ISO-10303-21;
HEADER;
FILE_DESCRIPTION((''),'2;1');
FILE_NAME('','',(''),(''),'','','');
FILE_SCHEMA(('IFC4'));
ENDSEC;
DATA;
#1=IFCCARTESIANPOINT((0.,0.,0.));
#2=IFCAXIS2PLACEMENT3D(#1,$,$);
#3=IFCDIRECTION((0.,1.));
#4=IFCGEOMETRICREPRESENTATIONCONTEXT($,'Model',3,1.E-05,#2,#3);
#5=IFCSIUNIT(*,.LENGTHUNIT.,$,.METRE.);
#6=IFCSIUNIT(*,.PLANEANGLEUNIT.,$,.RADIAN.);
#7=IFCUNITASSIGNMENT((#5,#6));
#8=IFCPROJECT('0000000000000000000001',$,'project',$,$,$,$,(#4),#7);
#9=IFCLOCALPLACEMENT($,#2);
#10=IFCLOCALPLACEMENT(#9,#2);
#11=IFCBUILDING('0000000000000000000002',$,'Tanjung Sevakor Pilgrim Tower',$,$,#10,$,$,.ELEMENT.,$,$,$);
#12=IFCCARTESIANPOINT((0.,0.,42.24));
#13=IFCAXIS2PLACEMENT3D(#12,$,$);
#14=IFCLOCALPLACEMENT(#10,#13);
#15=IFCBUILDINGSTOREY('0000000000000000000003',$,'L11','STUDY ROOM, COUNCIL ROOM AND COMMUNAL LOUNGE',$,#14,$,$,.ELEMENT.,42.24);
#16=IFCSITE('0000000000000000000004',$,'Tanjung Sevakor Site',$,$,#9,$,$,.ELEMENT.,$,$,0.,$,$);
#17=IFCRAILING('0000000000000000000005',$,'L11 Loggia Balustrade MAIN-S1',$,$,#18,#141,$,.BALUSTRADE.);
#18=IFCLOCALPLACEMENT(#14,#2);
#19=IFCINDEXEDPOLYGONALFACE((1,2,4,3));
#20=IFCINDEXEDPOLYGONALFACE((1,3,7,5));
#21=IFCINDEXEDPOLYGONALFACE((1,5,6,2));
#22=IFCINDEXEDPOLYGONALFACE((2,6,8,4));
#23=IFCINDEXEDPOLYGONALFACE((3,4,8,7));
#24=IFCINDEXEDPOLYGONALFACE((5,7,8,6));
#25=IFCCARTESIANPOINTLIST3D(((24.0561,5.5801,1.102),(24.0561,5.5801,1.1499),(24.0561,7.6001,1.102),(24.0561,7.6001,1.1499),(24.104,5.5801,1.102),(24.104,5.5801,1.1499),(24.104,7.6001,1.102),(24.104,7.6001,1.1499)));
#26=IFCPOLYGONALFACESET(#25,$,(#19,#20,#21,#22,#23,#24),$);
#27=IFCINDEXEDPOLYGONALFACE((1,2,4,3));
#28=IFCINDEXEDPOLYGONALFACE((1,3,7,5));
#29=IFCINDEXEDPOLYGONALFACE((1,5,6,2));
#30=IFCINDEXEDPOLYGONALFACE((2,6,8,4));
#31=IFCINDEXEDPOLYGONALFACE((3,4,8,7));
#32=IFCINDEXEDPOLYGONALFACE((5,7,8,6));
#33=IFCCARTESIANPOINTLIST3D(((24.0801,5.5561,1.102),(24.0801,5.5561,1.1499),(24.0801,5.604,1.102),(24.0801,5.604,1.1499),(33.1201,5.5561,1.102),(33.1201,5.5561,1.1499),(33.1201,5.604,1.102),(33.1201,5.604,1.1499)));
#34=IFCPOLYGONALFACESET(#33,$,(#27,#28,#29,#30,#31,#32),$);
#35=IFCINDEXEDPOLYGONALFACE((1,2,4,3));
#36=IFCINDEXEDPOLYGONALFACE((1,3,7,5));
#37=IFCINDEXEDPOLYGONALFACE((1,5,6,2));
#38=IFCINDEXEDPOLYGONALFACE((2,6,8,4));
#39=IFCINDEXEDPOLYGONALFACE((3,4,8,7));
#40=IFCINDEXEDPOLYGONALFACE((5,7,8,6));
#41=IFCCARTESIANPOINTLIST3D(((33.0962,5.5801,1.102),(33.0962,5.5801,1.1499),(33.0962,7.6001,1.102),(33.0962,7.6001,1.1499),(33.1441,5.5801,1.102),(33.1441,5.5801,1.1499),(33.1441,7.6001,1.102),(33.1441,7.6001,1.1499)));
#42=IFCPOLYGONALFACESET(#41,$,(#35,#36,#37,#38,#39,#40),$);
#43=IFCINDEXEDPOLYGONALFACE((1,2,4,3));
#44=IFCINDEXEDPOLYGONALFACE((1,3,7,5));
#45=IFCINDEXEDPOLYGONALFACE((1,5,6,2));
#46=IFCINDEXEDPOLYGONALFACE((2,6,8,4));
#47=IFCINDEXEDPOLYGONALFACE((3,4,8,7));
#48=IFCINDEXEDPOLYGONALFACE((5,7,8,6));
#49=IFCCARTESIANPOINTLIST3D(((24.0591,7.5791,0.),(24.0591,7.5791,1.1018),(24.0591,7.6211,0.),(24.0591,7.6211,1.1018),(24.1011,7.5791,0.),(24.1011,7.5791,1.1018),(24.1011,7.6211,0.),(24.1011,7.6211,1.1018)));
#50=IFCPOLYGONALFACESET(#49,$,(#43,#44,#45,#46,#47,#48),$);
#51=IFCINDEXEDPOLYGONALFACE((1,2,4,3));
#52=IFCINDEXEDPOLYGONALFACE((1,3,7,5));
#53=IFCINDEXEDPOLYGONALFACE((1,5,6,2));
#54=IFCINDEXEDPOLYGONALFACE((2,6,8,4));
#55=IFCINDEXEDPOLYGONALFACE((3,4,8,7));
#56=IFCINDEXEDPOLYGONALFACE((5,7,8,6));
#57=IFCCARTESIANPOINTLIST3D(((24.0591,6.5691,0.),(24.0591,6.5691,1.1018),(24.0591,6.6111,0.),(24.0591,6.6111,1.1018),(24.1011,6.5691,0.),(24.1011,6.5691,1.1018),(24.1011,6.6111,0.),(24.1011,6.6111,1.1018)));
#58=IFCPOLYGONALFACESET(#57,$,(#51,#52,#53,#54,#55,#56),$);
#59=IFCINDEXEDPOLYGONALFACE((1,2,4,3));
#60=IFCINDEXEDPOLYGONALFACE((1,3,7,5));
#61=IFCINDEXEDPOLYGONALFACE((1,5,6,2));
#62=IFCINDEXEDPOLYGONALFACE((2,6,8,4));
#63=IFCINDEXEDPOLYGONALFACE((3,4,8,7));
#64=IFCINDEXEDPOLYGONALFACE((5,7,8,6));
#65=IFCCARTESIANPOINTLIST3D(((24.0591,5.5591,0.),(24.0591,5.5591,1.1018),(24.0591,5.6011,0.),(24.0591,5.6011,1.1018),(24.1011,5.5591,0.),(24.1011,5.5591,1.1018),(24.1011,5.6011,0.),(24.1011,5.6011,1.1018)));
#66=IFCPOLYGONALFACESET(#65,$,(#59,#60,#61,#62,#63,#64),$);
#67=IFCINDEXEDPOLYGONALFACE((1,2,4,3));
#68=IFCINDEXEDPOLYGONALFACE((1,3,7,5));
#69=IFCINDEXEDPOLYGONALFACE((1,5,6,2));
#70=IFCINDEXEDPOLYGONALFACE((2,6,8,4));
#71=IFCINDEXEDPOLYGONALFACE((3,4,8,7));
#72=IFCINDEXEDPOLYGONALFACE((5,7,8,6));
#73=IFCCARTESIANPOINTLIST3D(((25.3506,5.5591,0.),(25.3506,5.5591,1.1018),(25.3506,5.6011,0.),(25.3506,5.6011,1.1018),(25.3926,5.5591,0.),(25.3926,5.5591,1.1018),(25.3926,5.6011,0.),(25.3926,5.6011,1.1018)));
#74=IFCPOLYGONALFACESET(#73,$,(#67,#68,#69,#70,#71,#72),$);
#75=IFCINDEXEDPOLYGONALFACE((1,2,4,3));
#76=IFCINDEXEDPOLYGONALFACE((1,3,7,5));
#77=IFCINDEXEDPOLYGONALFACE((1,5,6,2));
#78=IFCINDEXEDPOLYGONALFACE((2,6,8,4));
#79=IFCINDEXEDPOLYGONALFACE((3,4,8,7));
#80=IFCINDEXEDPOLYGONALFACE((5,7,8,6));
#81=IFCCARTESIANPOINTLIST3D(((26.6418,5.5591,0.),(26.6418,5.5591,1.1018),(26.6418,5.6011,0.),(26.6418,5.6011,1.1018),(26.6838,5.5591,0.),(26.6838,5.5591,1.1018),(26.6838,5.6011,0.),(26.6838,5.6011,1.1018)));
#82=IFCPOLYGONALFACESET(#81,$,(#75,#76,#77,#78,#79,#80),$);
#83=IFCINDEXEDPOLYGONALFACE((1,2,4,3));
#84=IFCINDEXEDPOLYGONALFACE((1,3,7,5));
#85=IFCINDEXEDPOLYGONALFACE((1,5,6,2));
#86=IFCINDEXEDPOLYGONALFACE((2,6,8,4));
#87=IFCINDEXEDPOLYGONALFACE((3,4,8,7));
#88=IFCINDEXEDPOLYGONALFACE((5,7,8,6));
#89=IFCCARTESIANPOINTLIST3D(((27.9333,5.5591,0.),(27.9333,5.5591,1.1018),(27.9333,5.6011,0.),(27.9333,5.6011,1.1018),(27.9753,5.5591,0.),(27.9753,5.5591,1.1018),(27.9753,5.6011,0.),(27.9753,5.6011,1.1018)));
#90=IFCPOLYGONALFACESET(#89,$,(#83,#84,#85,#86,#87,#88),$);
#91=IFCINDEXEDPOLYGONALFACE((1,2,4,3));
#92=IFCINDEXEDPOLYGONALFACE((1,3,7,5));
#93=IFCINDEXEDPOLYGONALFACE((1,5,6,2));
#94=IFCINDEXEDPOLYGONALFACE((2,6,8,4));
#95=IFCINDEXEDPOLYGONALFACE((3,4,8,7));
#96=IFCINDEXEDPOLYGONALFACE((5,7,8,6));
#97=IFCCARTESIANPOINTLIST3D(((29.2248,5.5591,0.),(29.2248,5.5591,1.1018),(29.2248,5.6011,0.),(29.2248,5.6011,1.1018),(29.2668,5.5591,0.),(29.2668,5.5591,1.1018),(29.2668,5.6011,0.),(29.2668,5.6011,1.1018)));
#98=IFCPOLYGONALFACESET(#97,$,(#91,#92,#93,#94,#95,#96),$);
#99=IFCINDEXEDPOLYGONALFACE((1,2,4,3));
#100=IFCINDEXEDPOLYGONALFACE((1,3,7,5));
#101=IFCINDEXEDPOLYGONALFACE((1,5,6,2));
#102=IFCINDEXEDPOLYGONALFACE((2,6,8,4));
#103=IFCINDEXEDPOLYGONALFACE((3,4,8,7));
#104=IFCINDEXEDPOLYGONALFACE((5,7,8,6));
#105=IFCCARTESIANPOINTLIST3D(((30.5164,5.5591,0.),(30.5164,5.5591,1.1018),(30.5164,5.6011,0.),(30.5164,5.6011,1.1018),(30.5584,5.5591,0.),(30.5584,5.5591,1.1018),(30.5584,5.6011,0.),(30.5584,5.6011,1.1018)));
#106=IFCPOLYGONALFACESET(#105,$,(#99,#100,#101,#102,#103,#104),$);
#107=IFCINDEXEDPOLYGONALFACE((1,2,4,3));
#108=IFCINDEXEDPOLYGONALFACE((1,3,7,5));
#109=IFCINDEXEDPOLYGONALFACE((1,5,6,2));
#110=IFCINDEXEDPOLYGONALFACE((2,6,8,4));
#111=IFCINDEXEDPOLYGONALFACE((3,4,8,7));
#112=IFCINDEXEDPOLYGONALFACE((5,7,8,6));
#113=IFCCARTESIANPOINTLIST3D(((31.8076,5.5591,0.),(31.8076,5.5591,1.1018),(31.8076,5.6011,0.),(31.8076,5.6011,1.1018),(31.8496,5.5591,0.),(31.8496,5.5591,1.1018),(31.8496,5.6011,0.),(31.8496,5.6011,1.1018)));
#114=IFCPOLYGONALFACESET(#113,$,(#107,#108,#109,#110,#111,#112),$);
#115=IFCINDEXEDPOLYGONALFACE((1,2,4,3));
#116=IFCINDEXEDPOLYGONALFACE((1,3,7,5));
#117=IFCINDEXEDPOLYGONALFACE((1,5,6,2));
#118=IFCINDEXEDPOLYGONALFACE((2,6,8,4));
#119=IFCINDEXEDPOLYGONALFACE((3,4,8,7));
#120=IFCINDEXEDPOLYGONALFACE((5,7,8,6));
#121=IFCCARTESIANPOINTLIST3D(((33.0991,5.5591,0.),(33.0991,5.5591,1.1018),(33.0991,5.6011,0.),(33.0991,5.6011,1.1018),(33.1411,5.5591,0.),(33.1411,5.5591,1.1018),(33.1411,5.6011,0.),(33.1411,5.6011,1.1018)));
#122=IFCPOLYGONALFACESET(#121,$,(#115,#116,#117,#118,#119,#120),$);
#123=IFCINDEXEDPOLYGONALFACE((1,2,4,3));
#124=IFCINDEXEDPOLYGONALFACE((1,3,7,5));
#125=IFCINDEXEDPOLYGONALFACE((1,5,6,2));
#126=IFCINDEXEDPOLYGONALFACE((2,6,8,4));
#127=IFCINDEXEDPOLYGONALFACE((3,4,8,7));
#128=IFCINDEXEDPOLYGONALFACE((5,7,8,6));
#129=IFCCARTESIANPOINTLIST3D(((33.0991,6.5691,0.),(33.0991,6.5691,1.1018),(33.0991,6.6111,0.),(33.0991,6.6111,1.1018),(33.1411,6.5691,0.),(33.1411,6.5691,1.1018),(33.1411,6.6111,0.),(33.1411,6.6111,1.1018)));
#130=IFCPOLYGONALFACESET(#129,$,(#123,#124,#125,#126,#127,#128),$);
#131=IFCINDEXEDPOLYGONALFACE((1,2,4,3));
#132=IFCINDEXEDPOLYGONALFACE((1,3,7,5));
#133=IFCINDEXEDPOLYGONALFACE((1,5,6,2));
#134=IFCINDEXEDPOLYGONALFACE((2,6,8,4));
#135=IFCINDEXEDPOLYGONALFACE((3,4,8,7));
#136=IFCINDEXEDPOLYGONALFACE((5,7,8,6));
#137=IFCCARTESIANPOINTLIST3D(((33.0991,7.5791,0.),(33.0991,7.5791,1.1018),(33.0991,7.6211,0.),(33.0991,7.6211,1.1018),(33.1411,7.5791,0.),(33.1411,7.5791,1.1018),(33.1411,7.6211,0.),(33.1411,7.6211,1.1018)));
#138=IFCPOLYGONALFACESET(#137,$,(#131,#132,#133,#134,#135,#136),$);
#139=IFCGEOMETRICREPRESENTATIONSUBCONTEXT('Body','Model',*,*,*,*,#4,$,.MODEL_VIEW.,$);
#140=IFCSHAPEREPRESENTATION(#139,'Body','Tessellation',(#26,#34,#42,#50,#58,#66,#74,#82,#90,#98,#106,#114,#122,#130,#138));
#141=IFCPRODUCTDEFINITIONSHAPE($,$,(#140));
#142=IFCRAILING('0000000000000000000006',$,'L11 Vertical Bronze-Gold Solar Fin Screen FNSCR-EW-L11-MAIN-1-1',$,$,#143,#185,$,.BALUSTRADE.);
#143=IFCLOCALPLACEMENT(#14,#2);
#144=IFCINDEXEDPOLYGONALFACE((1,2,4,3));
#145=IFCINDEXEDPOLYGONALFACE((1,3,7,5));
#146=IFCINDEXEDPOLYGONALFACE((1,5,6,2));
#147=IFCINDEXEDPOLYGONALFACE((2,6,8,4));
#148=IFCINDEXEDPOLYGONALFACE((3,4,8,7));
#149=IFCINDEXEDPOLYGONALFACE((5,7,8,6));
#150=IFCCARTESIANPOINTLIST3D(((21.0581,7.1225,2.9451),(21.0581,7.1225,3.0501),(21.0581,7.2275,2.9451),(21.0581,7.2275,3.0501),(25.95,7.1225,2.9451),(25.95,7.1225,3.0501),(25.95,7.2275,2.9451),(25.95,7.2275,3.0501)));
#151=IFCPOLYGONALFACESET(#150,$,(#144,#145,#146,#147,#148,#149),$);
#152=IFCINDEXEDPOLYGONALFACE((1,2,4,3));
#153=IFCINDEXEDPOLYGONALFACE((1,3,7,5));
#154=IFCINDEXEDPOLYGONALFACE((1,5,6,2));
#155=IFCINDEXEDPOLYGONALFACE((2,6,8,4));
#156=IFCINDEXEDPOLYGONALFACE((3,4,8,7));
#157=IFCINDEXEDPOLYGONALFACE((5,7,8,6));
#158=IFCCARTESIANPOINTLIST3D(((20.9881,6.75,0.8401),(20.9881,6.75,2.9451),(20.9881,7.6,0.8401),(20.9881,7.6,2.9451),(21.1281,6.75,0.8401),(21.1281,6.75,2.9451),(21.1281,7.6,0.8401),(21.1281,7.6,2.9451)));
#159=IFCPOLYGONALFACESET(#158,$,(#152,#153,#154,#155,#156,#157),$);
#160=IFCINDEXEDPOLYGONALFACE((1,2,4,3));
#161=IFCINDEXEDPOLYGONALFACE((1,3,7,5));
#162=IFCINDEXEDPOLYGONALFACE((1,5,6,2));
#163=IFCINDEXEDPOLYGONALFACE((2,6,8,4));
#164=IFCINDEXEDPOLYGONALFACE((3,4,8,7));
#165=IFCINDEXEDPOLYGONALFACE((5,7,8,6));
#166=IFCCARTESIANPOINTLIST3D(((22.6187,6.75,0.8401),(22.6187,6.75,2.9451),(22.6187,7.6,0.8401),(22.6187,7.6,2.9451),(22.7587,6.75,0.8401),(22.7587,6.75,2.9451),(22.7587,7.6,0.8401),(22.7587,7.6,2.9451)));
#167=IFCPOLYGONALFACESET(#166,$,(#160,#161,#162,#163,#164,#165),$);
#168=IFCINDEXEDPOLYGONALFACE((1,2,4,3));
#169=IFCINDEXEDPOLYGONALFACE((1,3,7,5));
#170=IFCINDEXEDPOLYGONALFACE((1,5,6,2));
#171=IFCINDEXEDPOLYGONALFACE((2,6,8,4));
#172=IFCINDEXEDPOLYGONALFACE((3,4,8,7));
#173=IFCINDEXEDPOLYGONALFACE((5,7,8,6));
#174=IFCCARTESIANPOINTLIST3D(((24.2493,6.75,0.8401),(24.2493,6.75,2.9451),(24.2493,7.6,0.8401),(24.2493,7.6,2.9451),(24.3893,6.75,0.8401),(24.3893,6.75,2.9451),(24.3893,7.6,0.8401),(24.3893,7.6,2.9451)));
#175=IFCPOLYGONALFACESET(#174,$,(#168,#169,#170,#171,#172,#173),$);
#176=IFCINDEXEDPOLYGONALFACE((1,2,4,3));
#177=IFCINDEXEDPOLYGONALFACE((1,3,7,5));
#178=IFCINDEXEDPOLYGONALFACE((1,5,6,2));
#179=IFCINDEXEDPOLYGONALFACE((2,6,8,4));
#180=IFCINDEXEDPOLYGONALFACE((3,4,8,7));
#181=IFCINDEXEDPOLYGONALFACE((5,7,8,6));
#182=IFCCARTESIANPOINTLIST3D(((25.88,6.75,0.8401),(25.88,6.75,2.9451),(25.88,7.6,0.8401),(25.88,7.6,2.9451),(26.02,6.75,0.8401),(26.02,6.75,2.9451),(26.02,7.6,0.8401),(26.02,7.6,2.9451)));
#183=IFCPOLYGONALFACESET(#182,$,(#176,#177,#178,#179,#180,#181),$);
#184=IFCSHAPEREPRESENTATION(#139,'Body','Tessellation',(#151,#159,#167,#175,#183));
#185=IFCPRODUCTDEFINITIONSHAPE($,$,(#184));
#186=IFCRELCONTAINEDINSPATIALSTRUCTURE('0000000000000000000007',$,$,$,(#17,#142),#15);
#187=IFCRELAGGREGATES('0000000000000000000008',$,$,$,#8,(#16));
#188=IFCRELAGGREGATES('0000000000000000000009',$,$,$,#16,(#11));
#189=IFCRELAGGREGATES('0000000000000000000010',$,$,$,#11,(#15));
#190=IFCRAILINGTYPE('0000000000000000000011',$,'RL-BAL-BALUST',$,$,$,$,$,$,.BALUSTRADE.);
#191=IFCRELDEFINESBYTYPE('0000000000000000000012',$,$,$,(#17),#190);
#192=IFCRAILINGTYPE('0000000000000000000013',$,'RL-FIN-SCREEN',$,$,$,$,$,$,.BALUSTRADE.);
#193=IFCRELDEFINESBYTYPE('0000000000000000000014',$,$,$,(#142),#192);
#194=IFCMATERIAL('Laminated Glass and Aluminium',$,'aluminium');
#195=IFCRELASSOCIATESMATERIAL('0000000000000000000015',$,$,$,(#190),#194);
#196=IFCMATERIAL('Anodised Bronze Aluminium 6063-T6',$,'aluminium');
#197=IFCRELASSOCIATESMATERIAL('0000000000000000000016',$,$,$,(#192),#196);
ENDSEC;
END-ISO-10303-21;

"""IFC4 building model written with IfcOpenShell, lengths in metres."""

from ifc_helpers import new_model, si_unit, direction, frame, origin, place, context, subcontext, project, spatial, rectangle, extrude, material, type_object, element, save


model = new_model("IFC4")

# Units and contexts
model_context = context("Model", 3, precision=1e-05, world=origin(), true_north=direction((0.0, 1.0)))
body_context = subcontext(model_context, "Body", "Model", "MODEL_VIEW")
ifc_project = project(units=[si_unit("LENGTHUNIT", "METRE"), si_unit("PLANEANGLEUNIT", "RADIAN")], contexts=[model_context])

# Site, building, storey
site_placement = place(None, origin())
site = spatial("IfcSite", under=ifc_project, at=site_placement, Name="Tanjung Sevakor Site", CompositionType="ELEMENT", RefElevation=0.0)
building_placement = place(site_placement, origin())
building = spatial("IfcBuilding", under=site, at=building_placement, Name="Tanjung Sevakor Pilgrim Tower", CompositionType="ELEMENT")
storey_placement = place(building_placement, frame((0.0, 0.0, 42.24)))
storey = spatial("IfcBuildingStorey", under=building, at=storey_placement, Name="L11", Description="STUDY ROOM, COUNCIL ROOM AND COMMUNAL LOUNGE", CompositionType="ELEMENT", Elevation=42.24)

# Railings
ifc_material_1 = material(Name="Laminated Glass and Aluminium", Category="aluminium")
railing_type_1 = type_object("IfcRailingType", Name="RL-BAL-BALUST", PredefinedType="BALUSTRADE", material=ifc_material_1)
railing_1_placement = place(storey_placement, frame((24.0801, 7.6001, 0.0)))
element("IfcRailing", 1, at=railing_1_placement, inside=storey, type_object=railing_type_1, Name="L11 Loggia Balustrade MAIN-S1", PredefinedType="BALUSTRADE", context=body_context, shape_type="SweptSolid", body=[
    extrude(rectangle(XDim=0.0479, YDim=0.0479), frame((0.0, 0.0, 1.126), z_axis=(0.0, -1.0, 0.0), x_axis=(1.0, 0.0, 0.0)), (0.0, 0.0, 1.0), 2.02),
    extrude(rectangle(XDim=0.0479, YDim=0.0479), frame((0.0, -2.02, 1.126), z_axis=(1.0, 0.0, 0.0), x_axis=(0.0, 1.0, 0.0)), (0.0, 0.0, 1.0), 9.04),
    extrude(rectangle(XDim=0.0479, YDim=0.0479), frame((9.04, -2.02, 1.126), z_axis=(0.0, 1.0, 0.0), x_axis=(-1.0, 0.0, 0.0)), (0.0, 0.0, 1.0), 2.02),
    extrude(rectangle(XDim=0.042, YDim=0.042), origin(), (0.0, 0.0, 1.0), 1.1018),
    extrude(rectangle(XDim=0.042, YDim=0.042), frame((0.0, -1.01, 0.0)), (0.0, 0.0, 1.0), 1.1018),
    extrude(rectangle(XDim=0.042, YDim=0.042), frame((0.0, -2.02, 0.0)), (0.0, 0.0, 1.0), 1.1018),
    extrude(rectangle(XDim=0.042, YDim=0.042), frame((1.2915, -2.02, 0.0)), (0.0, 0.0, 1.0), 1.1018),
    extrude(rectangle(XDim=0.042, YDim=0.042), frame((2.5828, -2.02, 0.0)), (0.0, 0.0, 1.0), 1.1018),
    extrude(rectangle(XDim=0.042, YDim=0.042), frame((3.8743, -2.02, 0.0)), (0.0, 0.0, 1.0), 1.1018),
    extrude(rectangle(XDim=0.042, YDim=0.042), frame((5.1658, -2.02, 0.0)), (0.0, 0.0, 1.0), 1.1018),
    extrude(rectangle(XDim=0.042, YDim=0.042), frame((6.4573, -2.02, 0.0)), (0.0, 0.0, 1.0), 1.1018),
    extrude(rectangle(XDim=0.042, YDim=0.042), frame((7.7485, -2.02, 0.0)), (0.0, 0.0, 1.0), 1.1018),
    extrude(rectangle(XDim=0.042, YDim=0.042), frame((9.04, -2.02, 0.0)), (0.0, 0.0, 1.0), 1.1018),
    extrude(rectangle(XDim=0.042, YDim=0.042), frame((9.04, -1.01, 0.0)), (0.0, 0.0, 1.0), 1.1018),
    extrude(rectangle(XDim=0.042, YDim=0.042), frame((9.04, 0.0, 0.0)), (0.0, 0.0, 1.0), 1.1018),
])
ifc_material_2 = material(Name="Anodised Bronze Aluminium 6063-T6", Category="aluminium")
railing_type_2 = type_object("IfcRailingType", Name="RL-FIN-SCREEN", PredefinedType="BALUSTRADE", material=ifc_material_2)
railing_2_placement = place(storey_placement, frame((21.0581, 7.175, 0.8401)))
element("IfcRailing", 2, at=railing_2_placement, inside=storey, type_object=railing_type_2, Name="L11 Vertical Bronze-Gold Solar Fin Screen FNSCR-EW-L11-MAIN-1-1", PredefinedType="BALUSTRADE", context=body_context, shape_type="SweptSolid", body=[
    extrude(rectangle(XDim=0.105, YDim=0.105), frame((0.0, 0.0, 2.1575), z_axis=(1.0, 0.0, 0.0), x_axis=(0.0, 1.0, 0.0)), (0.0, 0.0, 1.0), 4.8918),
    extrude(rectangle(XDim=0.14, YDim=0.85), origin(), (0.0, 0.0, 1.0), 2.105),
    extrude(rectangle(XDim=0.14, YDim=0.85), frame((1.6306, 0.0, 0.0)), (0.0, 0.0, 1.0), 2.105),
    extrude(rectangle(XDim=0.14, YDim=0.85), frame((3.2612, 0.0, 0.0)), (0.0, 0.0, 1.0), 2.105),
    extrude(rectangle(XDim=0.14, YDim=0.85), frame((4.8918, 0.0, 0.0)), (0.0, 0.0, 1.0), 2.105),
])

save(model, "model.ifc")
